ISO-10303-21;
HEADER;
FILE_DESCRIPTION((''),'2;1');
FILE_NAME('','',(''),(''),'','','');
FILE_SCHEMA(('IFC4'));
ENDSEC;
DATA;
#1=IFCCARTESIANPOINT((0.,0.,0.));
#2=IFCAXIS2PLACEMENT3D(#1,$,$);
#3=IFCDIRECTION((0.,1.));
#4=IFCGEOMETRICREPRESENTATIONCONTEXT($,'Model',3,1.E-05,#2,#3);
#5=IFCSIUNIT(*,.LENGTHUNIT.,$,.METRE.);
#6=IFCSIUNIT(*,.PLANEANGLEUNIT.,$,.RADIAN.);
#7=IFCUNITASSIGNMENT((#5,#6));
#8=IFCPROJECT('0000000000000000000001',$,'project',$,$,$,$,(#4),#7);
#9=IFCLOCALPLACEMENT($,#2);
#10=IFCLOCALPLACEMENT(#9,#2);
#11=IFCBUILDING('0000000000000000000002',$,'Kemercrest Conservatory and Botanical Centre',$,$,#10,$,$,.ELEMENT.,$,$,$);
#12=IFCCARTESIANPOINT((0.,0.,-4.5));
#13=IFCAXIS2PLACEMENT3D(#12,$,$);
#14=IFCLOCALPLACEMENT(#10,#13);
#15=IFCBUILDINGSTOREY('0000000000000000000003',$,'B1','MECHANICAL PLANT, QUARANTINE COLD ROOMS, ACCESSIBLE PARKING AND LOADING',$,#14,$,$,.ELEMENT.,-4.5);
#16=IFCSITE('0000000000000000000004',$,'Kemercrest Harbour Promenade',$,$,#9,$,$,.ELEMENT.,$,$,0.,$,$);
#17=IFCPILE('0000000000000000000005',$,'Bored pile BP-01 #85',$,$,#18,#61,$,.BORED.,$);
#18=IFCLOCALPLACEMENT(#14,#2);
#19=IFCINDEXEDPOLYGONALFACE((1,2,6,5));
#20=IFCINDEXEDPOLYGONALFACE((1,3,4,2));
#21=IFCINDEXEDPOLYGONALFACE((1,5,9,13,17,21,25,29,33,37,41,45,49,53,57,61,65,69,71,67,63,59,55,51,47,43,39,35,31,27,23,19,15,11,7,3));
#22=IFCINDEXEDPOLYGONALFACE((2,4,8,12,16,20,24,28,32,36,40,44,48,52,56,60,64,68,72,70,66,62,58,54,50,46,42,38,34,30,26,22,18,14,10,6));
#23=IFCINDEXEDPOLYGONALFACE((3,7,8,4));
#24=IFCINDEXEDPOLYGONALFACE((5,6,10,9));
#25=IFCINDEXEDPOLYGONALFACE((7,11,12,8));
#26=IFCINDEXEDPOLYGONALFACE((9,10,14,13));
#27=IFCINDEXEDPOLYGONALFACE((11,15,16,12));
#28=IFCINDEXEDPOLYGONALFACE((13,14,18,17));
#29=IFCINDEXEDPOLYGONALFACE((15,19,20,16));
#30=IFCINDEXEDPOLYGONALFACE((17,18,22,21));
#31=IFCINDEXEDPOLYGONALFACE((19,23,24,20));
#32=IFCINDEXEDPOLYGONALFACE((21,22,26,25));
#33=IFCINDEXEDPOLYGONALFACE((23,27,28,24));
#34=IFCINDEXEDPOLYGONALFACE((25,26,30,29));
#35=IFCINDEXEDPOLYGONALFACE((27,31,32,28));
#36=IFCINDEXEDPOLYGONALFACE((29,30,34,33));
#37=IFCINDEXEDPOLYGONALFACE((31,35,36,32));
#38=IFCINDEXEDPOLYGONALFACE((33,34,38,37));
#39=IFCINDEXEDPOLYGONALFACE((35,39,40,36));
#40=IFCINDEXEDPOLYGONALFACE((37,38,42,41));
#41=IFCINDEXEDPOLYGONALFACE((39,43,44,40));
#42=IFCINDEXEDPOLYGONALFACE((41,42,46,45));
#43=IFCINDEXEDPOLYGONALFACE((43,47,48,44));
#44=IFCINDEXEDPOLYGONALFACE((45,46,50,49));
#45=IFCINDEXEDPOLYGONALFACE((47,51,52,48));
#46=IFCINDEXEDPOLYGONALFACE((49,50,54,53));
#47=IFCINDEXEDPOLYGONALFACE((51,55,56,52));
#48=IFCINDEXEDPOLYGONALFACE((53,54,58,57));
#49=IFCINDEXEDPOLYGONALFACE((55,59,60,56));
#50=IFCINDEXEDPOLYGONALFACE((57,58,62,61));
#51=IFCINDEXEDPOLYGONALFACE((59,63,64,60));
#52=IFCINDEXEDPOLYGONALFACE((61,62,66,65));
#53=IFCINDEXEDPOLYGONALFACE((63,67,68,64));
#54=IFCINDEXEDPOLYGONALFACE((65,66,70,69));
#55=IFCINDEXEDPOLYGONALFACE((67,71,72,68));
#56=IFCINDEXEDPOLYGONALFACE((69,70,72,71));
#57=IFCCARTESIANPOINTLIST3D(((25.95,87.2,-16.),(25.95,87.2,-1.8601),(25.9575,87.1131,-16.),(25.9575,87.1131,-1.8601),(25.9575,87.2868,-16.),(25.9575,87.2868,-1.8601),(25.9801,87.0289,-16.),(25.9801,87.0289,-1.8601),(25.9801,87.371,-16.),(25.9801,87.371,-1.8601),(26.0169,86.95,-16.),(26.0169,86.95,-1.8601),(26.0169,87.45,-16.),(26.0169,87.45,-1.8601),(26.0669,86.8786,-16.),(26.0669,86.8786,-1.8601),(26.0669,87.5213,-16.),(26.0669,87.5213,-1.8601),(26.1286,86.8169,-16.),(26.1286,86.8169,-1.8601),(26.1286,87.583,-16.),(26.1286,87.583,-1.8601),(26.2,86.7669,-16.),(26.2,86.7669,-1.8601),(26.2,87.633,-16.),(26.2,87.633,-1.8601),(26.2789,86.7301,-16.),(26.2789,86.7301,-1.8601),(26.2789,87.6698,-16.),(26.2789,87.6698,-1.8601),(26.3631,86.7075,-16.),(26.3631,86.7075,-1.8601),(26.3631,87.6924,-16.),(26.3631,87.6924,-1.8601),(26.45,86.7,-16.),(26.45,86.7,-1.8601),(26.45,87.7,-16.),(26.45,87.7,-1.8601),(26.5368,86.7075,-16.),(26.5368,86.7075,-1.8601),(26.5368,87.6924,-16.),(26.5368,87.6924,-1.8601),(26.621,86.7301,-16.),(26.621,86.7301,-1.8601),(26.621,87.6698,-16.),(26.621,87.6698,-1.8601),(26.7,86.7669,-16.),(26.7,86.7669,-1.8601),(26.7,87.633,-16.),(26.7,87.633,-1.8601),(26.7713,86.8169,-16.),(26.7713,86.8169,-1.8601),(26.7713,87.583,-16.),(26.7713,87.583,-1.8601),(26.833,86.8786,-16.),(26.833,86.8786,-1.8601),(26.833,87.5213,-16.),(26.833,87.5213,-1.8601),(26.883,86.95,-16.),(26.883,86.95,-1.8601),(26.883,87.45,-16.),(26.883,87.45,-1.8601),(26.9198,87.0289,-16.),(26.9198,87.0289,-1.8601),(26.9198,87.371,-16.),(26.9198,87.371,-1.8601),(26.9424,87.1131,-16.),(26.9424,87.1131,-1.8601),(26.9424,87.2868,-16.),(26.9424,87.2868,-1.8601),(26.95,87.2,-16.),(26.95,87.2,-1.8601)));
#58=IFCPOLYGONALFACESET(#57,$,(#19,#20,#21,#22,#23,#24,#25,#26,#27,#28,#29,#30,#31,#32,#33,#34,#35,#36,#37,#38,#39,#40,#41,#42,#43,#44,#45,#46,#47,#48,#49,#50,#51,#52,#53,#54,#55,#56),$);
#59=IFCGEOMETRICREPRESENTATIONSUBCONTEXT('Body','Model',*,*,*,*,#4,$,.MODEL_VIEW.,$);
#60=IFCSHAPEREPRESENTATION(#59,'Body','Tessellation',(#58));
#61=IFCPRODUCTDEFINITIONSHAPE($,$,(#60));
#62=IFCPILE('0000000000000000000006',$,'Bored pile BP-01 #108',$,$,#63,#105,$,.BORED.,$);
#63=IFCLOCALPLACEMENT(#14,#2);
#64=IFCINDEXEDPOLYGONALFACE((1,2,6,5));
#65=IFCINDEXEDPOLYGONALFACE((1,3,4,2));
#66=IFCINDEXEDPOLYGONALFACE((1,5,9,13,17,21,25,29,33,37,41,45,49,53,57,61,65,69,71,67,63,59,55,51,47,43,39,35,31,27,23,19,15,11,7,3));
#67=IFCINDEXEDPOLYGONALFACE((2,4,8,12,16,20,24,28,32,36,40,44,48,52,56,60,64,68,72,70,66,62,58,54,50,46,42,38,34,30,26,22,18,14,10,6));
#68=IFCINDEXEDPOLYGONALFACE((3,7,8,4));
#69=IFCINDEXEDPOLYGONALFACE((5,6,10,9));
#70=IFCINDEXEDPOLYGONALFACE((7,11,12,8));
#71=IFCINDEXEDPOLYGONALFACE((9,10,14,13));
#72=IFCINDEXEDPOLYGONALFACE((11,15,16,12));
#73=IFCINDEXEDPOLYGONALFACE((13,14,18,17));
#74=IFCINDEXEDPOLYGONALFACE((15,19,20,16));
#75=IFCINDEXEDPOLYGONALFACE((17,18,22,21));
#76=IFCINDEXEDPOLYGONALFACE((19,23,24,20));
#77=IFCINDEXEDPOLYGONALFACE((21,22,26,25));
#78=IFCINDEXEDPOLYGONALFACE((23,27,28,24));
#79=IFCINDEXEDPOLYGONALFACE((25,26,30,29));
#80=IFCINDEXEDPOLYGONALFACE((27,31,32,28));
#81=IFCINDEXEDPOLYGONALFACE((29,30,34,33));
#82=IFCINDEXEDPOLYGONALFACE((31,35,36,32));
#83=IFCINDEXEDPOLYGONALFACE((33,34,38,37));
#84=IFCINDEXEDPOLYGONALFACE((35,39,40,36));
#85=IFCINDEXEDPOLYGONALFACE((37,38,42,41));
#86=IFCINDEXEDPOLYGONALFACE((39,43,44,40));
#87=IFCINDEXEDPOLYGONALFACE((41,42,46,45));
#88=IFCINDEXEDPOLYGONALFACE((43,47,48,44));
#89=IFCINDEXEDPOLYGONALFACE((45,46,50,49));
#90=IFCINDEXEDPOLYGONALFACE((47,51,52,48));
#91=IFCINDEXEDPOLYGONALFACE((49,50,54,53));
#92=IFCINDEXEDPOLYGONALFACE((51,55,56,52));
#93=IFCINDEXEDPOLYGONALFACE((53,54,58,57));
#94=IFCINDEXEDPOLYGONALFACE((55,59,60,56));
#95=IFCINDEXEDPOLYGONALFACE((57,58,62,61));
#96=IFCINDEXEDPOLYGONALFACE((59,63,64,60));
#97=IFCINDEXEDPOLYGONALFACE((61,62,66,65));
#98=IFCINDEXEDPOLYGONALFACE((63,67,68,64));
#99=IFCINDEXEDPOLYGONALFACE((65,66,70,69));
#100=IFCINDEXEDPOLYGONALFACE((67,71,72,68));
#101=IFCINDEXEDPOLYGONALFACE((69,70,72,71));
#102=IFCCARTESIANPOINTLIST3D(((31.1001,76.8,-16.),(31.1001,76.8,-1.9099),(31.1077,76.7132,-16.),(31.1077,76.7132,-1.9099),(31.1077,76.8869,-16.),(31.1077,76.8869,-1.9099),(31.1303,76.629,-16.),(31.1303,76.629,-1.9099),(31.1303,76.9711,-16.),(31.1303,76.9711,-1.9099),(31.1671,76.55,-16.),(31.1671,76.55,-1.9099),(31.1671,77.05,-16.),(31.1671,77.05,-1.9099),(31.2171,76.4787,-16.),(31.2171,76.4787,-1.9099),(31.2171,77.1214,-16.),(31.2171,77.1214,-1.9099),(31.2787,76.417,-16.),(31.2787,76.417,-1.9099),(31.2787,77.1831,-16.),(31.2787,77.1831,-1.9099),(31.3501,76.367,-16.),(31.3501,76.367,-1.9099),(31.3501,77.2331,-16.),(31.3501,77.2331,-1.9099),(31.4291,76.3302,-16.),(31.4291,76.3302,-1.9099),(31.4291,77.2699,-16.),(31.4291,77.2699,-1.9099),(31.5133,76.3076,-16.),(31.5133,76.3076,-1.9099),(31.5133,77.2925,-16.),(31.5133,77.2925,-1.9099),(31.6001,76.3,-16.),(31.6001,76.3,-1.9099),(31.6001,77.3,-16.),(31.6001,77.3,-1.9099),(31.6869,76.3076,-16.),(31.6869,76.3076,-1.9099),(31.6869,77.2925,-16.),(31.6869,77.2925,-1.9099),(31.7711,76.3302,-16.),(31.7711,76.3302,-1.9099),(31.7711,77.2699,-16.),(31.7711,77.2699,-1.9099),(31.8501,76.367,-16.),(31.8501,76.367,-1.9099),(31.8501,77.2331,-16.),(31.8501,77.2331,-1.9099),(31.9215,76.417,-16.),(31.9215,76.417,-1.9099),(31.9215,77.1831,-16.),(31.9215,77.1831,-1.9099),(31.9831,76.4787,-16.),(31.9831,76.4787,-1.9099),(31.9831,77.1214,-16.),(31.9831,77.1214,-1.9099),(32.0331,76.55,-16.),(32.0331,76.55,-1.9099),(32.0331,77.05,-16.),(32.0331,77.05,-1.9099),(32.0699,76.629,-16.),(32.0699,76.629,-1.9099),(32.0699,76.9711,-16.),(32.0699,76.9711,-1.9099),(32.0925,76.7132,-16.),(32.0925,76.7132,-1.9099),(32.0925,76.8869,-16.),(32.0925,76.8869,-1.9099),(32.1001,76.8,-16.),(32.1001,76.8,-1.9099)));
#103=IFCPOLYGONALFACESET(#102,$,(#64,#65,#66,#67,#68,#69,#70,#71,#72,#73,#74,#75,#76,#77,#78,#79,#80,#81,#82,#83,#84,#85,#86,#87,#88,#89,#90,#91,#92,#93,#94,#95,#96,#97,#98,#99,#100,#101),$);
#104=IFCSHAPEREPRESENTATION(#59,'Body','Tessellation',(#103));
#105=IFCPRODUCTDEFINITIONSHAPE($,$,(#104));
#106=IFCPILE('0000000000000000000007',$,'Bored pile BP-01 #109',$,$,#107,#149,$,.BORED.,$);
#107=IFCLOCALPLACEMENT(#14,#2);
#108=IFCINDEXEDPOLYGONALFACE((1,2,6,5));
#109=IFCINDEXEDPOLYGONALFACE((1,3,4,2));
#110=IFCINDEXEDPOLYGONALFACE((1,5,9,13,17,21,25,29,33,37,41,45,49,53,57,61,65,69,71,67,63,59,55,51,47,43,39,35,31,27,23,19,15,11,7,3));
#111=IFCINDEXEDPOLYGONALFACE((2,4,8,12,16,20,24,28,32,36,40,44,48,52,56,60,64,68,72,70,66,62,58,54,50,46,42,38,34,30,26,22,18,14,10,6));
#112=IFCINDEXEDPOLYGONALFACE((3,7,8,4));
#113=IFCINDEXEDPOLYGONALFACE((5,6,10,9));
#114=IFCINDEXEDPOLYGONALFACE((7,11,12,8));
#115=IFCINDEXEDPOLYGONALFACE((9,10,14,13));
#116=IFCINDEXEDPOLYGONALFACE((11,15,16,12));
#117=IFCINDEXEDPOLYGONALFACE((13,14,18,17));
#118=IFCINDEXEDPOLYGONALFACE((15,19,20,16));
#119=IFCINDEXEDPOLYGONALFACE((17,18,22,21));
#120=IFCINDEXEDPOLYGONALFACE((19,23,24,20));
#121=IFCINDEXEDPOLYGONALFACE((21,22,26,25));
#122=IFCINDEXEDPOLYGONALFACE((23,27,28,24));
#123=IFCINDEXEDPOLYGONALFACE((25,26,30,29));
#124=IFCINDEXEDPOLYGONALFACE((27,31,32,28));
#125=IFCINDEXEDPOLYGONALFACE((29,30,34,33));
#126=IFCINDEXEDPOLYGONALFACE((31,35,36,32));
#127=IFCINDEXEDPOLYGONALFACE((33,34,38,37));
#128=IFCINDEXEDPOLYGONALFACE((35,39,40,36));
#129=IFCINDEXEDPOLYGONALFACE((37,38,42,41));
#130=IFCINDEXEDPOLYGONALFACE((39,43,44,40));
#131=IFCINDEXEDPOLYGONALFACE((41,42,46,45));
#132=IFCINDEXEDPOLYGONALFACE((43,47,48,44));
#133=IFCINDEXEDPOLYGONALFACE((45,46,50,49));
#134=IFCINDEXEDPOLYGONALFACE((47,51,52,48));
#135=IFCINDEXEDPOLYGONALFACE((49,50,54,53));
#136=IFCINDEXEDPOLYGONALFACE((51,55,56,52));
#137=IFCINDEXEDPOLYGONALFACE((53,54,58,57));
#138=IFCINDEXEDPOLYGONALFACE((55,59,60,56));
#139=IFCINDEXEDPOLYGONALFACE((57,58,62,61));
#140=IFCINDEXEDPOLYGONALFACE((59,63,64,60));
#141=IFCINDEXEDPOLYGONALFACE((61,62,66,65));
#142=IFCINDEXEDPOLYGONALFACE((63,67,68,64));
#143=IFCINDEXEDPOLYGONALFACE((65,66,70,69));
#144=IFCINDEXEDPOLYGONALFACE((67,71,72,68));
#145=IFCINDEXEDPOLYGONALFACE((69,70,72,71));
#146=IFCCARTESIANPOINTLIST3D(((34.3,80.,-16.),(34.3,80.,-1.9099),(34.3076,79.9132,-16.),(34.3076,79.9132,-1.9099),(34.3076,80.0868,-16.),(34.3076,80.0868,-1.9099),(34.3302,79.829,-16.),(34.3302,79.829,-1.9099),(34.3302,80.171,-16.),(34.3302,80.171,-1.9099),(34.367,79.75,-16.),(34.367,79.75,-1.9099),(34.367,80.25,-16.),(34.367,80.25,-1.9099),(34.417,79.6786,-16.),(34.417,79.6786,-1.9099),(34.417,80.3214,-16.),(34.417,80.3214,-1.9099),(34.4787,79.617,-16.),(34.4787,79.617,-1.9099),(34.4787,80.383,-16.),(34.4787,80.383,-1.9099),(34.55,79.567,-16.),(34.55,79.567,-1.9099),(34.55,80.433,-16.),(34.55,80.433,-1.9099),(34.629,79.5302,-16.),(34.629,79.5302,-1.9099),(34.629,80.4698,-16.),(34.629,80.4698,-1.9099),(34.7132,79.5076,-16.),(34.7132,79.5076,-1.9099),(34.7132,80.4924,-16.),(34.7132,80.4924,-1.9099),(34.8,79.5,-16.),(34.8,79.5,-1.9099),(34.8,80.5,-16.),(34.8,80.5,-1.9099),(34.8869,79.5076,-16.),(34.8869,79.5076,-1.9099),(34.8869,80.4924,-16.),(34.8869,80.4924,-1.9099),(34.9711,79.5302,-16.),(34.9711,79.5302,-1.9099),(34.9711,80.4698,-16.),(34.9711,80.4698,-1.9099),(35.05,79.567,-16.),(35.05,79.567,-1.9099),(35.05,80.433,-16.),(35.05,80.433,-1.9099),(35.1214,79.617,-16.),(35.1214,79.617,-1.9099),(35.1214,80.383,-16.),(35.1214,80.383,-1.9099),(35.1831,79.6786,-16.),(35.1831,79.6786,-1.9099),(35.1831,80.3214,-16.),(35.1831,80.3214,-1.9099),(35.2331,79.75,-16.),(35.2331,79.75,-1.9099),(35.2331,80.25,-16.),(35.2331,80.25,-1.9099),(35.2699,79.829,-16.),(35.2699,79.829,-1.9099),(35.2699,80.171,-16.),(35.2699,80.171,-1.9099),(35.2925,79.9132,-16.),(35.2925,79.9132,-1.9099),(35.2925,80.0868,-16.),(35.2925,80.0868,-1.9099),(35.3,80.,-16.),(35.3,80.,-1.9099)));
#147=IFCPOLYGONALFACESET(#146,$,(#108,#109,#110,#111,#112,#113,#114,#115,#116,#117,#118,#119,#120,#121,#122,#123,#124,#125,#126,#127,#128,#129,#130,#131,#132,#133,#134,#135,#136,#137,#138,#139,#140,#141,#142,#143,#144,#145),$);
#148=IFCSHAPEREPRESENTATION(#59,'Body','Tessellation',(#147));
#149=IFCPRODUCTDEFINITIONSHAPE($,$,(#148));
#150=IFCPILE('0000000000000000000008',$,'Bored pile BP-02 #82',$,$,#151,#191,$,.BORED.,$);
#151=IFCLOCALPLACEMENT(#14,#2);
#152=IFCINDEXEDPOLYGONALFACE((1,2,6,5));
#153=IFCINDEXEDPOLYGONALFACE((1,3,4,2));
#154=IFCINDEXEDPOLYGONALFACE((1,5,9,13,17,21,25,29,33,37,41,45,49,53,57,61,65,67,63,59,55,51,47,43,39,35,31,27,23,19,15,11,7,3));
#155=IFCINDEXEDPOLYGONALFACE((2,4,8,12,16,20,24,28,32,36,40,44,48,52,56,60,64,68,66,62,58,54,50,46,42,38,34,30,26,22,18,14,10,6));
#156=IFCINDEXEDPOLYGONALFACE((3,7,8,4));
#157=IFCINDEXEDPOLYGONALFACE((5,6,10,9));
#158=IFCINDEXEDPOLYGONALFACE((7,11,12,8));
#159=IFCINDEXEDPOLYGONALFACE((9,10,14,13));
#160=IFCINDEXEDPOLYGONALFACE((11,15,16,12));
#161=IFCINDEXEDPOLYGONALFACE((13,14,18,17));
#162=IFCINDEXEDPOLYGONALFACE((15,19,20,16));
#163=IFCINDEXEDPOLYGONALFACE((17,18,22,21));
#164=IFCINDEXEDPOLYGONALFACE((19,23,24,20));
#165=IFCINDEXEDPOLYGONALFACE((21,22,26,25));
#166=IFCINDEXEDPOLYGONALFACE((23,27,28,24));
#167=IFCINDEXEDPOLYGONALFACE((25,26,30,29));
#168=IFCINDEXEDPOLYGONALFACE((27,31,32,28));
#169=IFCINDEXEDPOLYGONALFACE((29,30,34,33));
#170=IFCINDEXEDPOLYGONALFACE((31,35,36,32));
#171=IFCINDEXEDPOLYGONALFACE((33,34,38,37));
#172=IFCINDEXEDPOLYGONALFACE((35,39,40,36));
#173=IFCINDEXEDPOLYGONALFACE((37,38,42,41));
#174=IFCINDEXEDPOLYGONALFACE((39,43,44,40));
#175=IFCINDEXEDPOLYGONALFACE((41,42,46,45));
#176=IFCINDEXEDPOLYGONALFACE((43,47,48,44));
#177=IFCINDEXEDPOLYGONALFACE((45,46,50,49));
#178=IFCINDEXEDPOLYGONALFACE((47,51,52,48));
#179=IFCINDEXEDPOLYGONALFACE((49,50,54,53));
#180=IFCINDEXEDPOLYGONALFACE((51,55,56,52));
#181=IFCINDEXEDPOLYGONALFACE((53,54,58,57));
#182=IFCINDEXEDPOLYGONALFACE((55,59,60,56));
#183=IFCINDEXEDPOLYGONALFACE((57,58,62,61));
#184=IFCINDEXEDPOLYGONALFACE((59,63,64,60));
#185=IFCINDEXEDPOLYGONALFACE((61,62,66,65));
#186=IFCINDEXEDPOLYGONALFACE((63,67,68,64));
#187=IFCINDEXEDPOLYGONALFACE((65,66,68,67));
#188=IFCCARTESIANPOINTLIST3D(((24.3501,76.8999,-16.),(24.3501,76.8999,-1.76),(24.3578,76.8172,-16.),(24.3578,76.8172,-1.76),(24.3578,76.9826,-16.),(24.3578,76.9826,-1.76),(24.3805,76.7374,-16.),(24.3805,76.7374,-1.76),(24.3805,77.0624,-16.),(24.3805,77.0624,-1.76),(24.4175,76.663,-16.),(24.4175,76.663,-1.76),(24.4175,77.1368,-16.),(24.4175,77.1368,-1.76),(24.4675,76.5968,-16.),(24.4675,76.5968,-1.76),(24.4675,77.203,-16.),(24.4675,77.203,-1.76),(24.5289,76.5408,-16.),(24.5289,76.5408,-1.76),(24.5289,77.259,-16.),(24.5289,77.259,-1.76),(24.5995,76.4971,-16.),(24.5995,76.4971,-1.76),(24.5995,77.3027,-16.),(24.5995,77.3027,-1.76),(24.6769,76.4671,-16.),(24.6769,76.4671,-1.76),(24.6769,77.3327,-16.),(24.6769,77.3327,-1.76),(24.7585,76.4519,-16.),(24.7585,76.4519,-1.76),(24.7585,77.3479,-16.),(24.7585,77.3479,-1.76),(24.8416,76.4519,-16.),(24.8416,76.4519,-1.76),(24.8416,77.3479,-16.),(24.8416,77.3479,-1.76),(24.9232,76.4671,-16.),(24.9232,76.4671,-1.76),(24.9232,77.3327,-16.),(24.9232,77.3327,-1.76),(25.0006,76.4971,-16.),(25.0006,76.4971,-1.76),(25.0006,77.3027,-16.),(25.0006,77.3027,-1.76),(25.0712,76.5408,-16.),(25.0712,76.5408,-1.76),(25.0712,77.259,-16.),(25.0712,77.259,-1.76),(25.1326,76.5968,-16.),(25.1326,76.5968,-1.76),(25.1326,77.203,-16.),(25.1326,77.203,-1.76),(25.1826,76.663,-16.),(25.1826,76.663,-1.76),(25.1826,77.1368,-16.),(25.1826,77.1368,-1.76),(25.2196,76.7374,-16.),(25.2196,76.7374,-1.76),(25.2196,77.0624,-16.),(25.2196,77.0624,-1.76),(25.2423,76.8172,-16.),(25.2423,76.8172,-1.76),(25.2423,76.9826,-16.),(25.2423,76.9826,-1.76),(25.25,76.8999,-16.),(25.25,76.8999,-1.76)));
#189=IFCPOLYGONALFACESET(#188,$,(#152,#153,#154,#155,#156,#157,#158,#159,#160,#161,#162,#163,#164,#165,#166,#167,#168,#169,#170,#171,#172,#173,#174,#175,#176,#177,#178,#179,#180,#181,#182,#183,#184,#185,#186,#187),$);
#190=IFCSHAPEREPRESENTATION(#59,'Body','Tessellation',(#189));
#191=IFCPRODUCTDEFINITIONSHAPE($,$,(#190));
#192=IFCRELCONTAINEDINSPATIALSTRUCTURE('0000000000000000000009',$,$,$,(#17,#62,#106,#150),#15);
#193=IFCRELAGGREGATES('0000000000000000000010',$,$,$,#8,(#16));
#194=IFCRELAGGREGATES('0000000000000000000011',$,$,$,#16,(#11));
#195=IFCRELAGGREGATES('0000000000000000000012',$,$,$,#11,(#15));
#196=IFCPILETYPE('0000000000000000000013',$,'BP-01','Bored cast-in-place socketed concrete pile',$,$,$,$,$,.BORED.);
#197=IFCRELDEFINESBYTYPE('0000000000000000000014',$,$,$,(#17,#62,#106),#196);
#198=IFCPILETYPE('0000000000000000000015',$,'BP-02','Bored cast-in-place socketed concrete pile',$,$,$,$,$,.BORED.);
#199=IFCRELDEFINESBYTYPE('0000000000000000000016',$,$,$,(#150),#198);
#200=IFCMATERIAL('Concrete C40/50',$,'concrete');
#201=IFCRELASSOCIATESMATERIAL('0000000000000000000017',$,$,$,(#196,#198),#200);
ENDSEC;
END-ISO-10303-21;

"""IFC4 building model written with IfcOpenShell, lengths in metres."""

from ifc_helpers import new_model, si_unit, direction, frame, origin, origin_2d, place, context, subcontext, project, spatial, circle, extrude, material, material_profile, profile_set, type_object, element, save


model = new_model("IFC4")

# Units and contexts
model_context = context("Model", 3, precision=1e-05, world=origin(), true_north=direction((0.0, 1.0)))
body_context = subcontext(model_context, "Body", "Model", "MODEL_VIEW")
ifc_project = project(units=[si_unit("LENGTHUNIT", "METRE"), si_unit("PLANEANGLEUNIT", "RADIAN")], contexts=[model_context])

# Site, building, storey
site_placement = place(None, origin())
site = spatial("IfcSite", under=ifc_project, at=site_placement, Name="Kemercrest Harbour Promenade", CompositionType="ELEMENT", RefElevation=0.0)
building_placement = place(site_placement, origin())
building = spatial("IfcBuilding", under=site, at=building_placement, Name="Kemercrest Conservatory and Botanical Centre", CompositionType="ELEMENT")
storey_placement = place(building_placement, frame((0.0, 0.0, -4.5)))
storey = spatial("IfcBuildingStorey", under=building, at=storey_placement, Name="B1", Description="MECHANICAL PLANT, QUARANTINE COLD ROOMS, ACCESSIBLE PARKING AND LOADING", CompositionType="ELEMENT", Elevation=-4.5)

# Piles
ifc_material_1 = material(Name="Concrete C40/50", Category="concrete")
ifc_material_profile_1 = material_profile(ifc_material_1, circle(Radius=0.5, at=origin_2d()), Name="BORED PILE 1000")
ifc_profile_set_1 = profile_set([ifc_material_profile_1], Name="Concrete C40/50")
pile_type_1 = type_object("IfcPileType", Name="BP-01", Description="Bored cast-in-place socketed concrete pile", PredefinedType="BORED", material=ifc_profile_set_1)
pile_placement = place(storey_placement, frame((26.45, 87.2, -1.8601), z_axis=(0.0, 0.0, -1.0), x_axis=(1.0, 0.0, 0.0)))
element("IfcPile", 1, at=pile_placement, inside=storey, type_object=pile_type_1, Name="Bored pile BP-01 #85", PredefinedType="BORED", context=body_context, shape_type="SweptSolid", body=[
    extrude(circle(Radius=0.5, at=origin_2d()), origin(), (0.0, 0.0, 1.0), 14.1399),
])
for number, where, z_axis, x_axis, name in (
    (2, (31.6001, 76.8, -1.9099), (0.0, 0.0, -1.0), (1.0, 0.0, 0.0), "Bored pile BP-01 #108"),
    (3, (34.8, 80.0, -1.9099), (0.0, 0.0, -1.0), (1.0, 0.0, 0.0), "Bored pile BP-01 #109"),
):
    element("IfcPile", number, at=place(storey_placement, frame(where, z_axis=z_axis, x_axis=x_axis)), inside=storey, type_object=pile_type_1, Name=name, PredefinedType="BORED", context=body_context, shape_type="SweptSolid", body=[
        extrude(circle(Radius=0.5, at=origin_2d()), origin(), (0.0, 0.0, 1.0), 14.0901),
    ])
ifc_material_profile_2 = material_profile(ifc_material_1, circle(Radius=0.45, at=origin_2d()), Name="BORED PILE 900")
ifc_profile_set_2 = profile_set([ifc_material_profile_2], Name="Concrete C40/50")
pile_type_2 = type_object("IfcPileType", Name="BP-02", Description="Bored cast-in-place socketed concrete pile", PredefinedType="BORED", material=ifc_profile_set_2)
for number, where, z_axis, x_axis, name in (
    (4, (24.8, 76.8999, -1.76), (0.0, 0.0, -1.0), (1.0, 0.0, 0.0), "Bored pile BP-02 #82"),
):
    element("IfcPile", number, at=place(storey_placement, frame(where, z_axis=z_axis, x_axis=x_axis)), inside=storey, type_object=pile_type_2, Name=name, PredefinedType="BORED", context=body_context, shape_type="SweptSolid", body=[
        extrude(circle(Radius=0.45, at=origin_2d()), origin(), (0.0, 0.0, 1.0), 14.24),
    ])

save(model, "model.ifc")
